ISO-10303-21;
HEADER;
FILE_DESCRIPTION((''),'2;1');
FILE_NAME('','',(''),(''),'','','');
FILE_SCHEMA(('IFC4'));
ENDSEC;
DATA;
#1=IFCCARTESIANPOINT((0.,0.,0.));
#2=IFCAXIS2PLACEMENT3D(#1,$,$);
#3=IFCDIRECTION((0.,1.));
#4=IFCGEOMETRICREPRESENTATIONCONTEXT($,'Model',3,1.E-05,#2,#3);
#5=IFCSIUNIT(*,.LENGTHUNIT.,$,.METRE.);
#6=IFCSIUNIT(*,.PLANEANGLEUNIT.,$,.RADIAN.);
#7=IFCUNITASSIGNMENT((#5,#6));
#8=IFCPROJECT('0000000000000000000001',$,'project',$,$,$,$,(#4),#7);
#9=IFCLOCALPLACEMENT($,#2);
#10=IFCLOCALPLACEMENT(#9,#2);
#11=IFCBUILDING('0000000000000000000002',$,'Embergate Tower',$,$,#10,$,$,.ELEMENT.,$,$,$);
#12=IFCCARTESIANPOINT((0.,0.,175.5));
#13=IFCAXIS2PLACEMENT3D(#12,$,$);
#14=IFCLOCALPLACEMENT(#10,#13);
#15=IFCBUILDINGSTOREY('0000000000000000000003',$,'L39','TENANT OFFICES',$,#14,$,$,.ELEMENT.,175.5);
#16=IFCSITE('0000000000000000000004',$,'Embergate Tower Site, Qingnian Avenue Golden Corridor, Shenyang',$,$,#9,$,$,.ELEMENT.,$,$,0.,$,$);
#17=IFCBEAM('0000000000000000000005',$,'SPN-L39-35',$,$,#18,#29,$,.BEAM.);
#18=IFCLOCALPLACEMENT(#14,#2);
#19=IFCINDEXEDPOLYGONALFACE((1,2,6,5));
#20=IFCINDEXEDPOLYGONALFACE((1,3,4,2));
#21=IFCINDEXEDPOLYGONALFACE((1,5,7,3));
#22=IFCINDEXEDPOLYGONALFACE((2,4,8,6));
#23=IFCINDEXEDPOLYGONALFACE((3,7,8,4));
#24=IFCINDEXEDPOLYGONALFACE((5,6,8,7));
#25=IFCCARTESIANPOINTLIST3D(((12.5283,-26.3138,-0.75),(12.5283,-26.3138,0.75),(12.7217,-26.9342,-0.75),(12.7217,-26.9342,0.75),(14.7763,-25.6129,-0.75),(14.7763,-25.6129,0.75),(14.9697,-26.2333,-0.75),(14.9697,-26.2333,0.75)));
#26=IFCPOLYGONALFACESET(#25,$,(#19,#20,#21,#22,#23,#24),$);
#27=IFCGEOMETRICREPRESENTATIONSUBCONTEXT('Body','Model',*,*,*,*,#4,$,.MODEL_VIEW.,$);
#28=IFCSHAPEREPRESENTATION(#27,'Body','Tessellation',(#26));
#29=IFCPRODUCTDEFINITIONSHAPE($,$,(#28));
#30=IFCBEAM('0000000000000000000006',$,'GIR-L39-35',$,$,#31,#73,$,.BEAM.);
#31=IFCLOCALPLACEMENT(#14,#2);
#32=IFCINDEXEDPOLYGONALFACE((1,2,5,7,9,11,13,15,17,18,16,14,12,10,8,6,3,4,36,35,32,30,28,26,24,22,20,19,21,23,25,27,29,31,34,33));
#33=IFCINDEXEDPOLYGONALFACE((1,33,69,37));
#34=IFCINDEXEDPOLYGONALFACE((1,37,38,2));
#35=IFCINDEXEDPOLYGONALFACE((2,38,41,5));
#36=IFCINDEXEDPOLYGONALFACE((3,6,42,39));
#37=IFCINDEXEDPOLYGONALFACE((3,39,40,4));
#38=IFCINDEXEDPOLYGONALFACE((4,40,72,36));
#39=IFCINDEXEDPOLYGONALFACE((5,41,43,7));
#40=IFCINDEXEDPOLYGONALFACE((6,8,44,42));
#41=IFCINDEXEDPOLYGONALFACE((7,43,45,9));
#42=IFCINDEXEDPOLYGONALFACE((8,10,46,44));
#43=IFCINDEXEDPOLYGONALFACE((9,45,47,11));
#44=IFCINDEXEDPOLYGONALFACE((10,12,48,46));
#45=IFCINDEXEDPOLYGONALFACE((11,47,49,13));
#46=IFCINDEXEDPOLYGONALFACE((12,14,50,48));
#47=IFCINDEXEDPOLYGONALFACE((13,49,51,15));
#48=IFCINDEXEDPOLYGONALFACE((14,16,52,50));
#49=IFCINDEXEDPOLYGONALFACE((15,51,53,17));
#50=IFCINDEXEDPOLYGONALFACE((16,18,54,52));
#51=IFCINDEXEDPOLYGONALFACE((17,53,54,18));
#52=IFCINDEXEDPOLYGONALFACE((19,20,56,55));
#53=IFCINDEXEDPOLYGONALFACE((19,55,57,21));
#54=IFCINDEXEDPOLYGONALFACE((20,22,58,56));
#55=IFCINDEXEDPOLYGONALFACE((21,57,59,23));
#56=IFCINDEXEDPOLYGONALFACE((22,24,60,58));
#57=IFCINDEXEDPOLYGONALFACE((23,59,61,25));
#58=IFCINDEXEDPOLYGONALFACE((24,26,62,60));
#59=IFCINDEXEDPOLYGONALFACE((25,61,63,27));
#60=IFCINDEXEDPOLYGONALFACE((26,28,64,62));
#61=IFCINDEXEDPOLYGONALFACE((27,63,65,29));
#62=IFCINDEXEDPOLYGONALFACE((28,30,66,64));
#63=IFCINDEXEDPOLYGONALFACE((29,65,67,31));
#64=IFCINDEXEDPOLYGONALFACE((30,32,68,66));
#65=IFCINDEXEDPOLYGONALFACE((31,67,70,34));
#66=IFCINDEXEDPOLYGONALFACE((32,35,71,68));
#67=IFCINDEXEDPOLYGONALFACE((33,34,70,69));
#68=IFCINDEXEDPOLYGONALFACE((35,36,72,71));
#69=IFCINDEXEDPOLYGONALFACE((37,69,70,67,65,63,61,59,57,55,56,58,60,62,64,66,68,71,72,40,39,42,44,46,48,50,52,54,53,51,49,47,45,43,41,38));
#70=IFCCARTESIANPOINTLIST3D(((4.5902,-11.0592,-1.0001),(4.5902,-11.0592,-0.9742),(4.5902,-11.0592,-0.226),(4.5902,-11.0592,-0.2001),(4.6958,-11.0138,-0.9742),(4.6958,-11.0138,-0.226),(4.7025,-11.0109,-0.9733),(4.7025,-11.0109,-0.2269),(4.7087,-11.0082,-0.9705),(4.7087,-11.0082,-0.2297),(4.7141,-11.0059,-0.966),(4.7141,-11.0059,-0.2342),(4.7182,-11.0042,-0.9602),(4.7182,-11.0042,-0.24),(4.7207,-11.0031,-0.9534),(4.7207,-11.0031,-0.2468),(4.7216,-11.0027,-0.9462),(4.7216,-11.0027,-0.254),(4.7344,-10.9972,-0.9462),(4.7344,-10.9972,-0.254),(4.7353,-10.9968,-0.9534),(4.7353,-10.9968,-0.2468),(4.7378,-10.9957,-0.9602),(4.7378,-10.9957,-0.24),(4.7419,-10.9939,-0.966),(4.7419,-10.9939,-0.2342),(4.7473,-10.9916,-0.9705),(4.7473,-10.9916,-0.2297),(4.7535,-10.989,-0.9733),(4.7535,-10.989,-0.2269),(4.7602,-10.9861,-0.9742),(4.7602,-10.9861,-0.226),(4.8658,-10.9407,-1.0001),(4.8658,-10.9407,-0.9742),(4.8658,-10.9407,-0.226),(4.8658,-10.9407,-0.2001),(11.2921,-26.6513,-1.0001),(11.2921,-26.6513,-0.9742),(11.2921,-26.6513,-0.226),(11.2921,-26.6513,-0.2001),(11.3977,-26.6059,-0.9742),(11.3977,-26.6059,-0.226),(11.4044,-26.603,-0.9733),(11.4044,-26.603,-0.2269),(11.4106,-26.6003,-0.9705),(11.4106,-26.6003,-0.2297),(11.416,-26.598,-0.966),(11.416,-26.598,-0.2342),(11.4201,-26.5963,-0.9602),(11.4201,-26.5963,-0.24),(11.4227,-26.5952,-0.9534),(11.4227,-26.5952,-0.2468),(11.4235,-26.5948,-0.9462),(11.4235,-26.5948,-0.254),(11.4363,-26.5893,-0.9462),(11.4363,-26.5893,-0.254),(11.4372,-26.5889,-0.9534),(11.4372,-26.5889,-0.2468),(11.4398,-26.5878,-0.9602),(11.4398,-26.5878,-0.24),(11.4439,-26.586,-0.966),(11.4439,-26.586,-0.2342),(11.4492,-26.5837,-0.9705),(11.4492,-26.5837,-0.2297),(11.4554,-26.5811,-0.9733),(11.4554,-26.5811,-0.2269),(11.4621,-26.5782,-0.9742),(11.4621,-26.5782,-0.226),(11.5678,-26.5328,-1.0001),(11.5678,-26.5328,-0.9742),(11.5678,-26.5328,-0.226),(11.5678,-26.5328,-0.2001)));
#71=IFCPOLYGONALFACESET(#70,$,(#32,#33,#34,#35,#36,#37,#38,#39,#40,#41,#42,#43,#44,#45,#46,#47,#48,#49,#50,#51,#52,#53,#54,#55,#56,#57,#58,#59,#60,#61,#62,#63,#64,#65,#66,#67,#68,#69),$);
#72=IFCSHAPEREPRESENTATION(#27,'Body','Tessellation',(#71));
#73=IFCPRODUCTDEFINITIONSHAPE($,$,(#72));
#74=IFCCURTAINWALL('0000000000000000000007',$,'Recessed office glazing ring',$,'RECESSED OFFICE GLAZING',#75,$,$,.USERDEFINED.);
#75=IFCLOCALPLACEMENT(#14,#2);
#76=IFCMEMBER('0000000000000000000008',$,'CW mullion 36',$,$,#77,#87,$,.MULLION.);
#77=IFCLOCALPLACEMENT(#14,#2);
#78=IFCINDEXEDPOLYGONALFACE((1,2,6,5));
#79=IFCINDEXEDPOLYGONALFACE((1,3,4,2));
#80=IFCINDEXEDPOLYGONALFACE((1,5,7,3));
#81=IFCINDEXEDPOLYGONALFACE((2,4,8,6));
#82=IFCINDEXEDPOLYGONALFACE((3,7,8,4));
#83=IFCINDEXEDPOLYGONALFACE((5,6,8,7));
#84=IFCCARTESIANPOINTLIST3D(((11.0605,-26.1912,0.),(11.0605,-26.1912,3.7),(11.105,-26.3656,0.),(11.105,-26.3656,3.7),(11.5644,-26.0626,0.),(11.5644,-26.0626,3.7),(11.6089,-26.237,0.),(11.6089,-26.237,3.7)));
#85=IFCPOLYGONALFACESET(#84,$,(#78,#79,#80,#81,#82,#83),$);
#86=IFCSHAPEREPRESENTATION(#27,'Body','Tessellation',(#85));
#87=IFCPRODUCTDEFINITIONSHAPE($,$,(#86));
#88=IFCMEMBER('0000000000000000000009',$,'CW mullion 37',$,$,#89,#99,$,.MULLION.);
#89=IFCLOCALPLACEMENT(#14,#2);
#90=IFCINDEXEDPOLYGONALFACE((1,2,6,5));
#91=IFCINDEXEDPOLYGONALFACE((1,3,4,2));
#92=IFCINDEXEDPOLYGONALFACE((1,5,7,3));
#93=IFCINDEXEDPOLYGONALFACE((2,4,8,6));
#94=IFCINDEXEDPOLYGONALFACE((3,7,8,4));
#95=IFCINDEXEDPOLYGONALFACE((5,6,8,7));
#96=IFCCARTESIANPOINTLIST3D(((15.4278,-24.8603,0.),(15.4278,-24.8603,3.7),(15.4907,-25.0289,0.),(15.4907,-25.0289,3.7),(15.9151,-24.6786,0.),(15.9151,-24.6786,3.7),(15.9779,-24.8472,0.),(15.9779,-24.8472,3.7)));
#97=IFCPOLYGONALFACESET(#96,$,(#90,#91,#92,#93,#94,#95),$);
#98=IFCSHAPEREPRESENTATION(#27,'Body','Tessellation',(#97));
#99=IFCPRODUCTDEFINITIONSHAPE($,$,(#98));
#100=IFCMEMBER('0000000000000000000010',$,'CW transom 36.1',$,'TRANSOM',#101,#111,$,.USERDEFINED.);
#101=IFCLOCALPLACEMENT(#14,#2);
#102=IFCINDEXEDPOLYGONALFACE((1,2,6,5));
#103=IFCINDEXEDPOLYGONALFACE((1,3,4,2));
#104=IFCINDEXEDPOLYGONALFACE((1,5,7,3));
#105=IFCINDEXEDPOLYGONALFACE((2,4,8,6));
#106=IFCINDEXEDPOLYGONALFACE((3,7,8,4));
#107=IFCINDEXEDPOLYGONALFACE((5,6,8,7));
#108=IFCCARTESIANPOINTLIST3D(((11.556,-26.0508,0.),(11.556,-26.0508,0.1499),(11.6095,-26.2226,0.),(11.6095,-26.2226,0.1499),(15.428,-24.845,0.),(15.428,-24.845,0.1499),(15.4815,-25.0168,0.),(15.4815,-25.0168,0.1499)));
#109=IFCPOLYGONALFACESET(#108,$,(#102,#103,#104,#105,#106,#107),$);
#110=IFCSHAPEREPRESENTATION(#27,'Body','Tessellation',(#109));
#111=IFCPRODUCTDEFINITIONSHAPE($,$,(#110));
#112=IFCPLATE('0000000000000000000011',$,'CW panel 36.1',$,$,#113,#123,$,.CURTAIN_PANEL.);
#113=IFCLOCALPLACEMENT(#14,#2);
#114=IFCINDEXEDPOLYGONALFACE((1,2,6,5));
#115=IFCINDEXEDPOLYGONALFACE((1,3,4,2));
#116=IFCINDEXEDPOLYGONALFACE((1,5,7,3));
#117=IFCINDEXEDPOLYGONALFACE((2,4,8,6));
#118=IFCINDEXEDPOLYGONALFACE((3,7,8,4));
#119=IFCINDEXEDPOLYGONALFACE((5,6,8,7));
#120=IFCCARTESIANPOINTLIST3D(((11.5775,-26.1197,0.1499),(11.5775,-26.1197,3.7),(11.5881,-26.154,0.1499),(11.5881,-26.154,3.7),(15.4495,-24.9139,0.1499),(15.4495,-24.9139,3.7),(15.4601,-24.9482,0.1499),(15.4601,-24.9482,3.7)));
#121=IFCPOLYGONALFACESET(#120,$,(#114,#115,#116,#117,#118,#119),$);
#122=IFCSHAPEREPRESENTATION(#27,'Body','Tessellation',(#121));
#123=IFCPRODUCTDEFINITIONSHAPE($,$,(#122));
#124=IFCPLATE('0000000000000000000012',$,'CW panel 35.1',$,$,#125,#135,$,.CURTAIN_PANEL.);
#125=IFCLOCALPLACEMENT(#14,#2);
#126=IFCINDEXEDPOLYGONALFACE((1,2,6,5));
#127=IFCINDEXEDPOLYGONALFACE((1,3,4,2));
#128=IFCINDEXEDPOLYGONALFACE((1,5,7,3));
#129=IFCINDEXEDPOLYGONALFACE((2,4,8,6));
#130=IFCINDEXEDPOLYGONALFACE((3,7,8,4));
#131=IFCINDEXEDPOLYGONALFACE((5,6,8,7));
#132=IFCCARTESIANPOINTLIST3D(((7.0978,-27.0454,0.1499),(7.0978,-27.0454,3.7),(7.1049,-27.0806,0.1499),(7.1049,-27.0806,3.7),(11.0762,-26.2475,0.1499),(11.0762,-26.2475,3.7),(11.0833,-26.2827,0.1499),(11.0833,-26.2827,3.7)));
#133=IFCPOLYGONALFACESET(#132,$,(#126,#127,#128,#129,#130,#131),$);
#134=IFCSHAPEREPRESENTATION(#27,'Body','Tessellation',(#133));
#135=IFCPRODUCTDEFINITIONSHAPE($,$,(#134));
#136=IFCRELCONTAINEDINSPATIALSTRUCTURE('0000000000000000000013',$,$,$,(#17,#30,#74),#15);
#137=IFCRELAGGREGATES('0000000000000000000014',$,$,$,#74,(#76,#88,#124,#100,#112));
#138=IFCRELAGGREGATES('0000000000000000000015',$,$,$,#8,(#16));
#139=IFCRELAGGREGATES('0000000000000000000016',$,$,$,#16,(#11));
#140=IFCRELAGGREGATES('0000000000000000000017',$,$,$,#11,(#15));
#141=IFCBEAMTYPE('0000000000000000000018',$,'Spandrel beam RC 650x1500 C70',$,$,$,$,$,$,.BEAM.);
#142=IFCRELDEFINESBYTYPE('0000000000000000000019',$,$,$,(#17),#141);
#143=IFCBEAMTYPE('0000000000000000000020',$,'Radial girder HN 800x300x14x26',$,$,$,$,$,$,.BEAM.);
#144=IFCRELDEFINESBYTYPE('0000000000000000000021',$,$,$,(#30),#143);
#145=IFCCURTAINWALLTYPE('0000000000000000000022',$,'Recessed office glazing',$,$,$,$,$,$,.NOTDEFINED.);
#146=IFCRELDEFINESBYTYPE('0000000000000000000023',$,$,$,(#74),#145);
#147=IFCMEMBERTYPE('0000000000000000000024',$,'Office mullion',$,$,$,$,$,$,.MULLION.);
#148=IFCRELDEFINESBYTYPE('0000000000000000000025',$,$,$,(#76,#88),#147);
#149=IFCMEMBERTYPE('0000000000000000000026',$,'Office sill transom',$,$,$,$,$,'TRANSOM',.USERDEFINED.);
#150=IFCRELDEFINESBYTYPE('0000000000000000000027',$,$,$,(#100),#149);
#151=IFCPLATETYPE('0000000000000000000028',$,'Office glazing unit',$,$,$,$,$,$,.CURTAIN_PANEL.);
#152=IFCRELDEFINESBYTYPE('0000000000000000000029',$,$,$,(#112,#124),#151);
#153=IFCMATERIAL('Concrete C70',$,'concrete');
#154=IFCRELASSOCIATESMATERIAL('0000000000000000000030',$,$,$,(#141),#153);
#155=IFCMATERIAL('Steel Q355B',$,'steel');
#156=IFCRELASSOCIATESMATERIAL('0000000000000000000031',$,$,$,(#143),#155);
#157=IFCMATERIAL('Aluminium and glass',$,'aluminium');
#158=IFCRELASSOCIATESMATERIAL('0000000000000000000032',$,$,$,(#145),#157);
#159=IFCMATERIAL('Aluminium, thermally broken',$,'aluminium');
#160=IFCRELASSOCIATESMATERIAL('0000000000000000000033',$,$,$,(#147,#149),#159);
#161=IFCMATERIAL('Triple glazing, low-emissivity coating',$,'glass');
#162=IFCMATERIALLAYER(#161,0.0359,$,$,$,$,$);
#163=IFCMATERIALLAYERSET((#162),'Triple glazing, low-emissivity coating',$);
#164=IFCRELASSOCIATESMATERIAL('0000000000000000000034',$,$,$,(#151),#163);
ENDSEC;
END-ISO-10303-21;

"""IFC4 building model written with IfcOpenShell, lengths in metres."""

from ifc_helpers import new_model, si_unit, direction, frame, origin, origin_2d, place, context, subcontext, project, spatial, rectangle, i_section, extrude, source, transform, mapped, material, layer, layer_set, material_profile, profile_set, type_object, element, aggregate, save


model = new_model("IFC4")

# Units and contexts
model_context = context("Model", 3, precision=1e-05, world=origin(), true_north=direction((0.0, 1.0)))
body_context = subcontext(model_context, "Body", "Model", "MODEL_VIEW")
ifc_project = project(units=[si_unit("LENGTHUNIT", "METRE"), si_unit("PLANEANGLEUNIT", "RADIAN")], contexts=[model_context])

# Site, building, storey
site_placement = place(None, origin())
site = spatial("IfcSite", under=ifc_project, at=site_placement, Name="Embergate Tower Site, Qingnian Avenue Golden Corridor, Shenyang", CompositionType="ELEMENT", RefElevation=0.0)
building_placement = place(site_placement, origin())
building = spatial("IfcBuilding", under=site, at=building_placement, Name="Embergate Tower", CompositionType="ELEMENT")
storey_placement = place(building_placement, frame((0.0, 0.0, 175.5)))
storey = spatial("IfcBuildingStorey", under=building, at=storey_placement, Name="L39", Description="TENANT OFFICES", CompositionType="ELEMENT", Elevation=175.5)

# Beams
ifc_material_1 = material(Name="Concrete C70", Category="concrete")
ifc_material_profile_1 = material_profile(ifc_material_1, rectangle(XDim=0.6499, YDim=1.5, at=origin_2d()), Name="RC 650x1500")
ifc_profile_set_1 = profile_set([ifc_material_profile_1], Name="Concrete C70")
beam_type_1 = type_object("IfcBeamType", Name="Spandrel beam RC 650x1500 C70", PredefinedType="BEAM", material=ifc_profile_set_1)
shared_shape_1 = source(origin(), body_context, "Body", "SweptSolid", [
    extrude(rectangle(XDim=0.6499, YDim=1.5, at=origin_2d()), origin(), (0.0, 0.0, 1.0), 2.3547),
])
beam_1_placement = place(storey_placement, frame((12.625, -26.624, 0.0), z_axis=(0.954672, 0.297661, 0.0), x_axis=(-0.297661, 0.954672, 0.0)))
element("IfcBeam", 1, at=beam_1_placement, inside=storey, type_object=beam_type_1, Name="SPN-L39-35", PredefinedType="BEAM", context=body_context, shape_type="MappedRepresentation", body=[
    mapped(shared_shape_1, transform((0.0, 0.0, 0.0))),
])
ifc_material_2 = material(Name="Steel Q355B", Category="steel")
ifc_material_profile_2 = material_profile(ifc_material_2, i_section(OverallWidth=0.3, OverallDepth=0.8, WebThickness=0.0139, FlangeThickness=0.0259, FilletRadius=0.0281, at=origin_2d()), Name="HN 800x300x14x26")
ifc_profile_set_2 = profile_set([ifc_material_profile_2], Name="Steel Q355 grade B")
beam_type_2 = type_object("IfcBeamType", Name="Radial girder HN 800x300x14x26", PredefinedType="BEAM", material=ifc_profile_set_2)
shared_shape_2 = source(origin(), body_context, "Body", "SweptSolid", [
    extrude(i_section(OverallWidth=0.3, OverallDepth=0.8, WebThickness=0.0139, FlangeThickness=0.0259, FilletRadius=0.0281, at=origin_2d()), origin(), (0.0, 0.0, 1.0), 16.9714),
])
beam_2_placement = place(storey_placement, frame((11.4299, -26.592, -0.6001), z_axis=(-0.394895, 0.918726, 0.0), x_axis=(-0.918726, -0.394895, 0.0)))
element("IfcBeam", 2, at=beam_2_placement, inside=storey, type_object=beam_type_2, Name="GIR-L39-35", PredefinedType="BEAM", context=body_context, shape_type="MappedRepresentation", body=[
    mapped(shared_shape_2, transform((0.0, 0.0, 0.0))),
])

# Curtain wall, members, plates
ifc_material_3 = material(Name="Aluminium and glass", Category="aluminium")
curtain_wall_type = type_object("IfcCurtainWallType", Name="Recessed office glazing", PredefinedType="NOTDEFINED", material=ifc_material_3)
curtain_wall_placement = place(storey_placement, origin())
curtain_wall = element("IfcCurtainWall", 3, at=curtain_wall_placement, inside=storey, type_object=curtain_wall_type, Name="Recessed office glazing ring", ObjectType="RECESSED OFFICE GLAZING", PredefinedType="USERDEFINED")
ifc_material_4 = material(Name="Aluminium, thermally broken", Category="aluminium")
ifc_material_profile_3 = material_profile(ifc_material_4, rectangle(XDim=0.1799, YDim=0.52, at=origin_2d()), Name="AL 520x180")
ifc_profile_set_3 = profile_set([ifc_material_profile_3], Name="Aluminium, thermally broken")
member_type_1 = type_object("IfcMemberType", Name="Office mullion", PredefinedType="MULLION", material=ifc_profile_set_3)
shared_shape_3 = source(origin(), body_context, "Body", "SweptSolid", [
    extrude(rectangle(XDim=0.1799, YDim=0.52, at=origin_2d()), origin(), (0.0, 0.0, 1.0), 3.7),
])
member_1_placement = place(storey_placement, frame((11.3347, -26.2141, 0.0), z_axis=(0.0, 0.0, 1.0), x_axis=(-0.247308, 0.968937, 0.0)))
member_1 = element("IfcMember", 4, at=member_1_placement, type_object=member_type_1, Name="CW mullion 36", PredefinedType="MULLION", context=body_context, shape_type="MappedRepresentation", body=[
    mapped(shared_shape_3, transform((0.0, 0.0, 0.0))),
])
member_2_placement = place(storey_placement, frame((15.7029, -24.8538, 0.0), z_axis=(0.0, 0.0, 1.0), x_axis=(-0.349498, 0.936937, 0.0)))
member_2 = element("IfcMember", 5, at=member_2_placement, type_object=member_type_1, Name="CW mullion 37", PredefinedType="MULLION", context=body_context, shape_type="MappedRepresentation", body=[
    mapped(shared_shape_3, transform((0.0, 0.0, 0.0))),
])
ifc_material_profile_4 = material_profile(ifc_material_4, rectangle(XDim=0.1799, YDim=0.1499, at=origin_2d()), Name="AL 150x180")
ifc_profile_set_4 = profile_set([ifc_material_profile_4], Name="Aluminium, thermally broken")
member_type_2 = type_object("IfcMemberType", Name="Office sill transom", ElementType="TRANSOM", PredefinedType="USERDEFINED", material=ifc_profile_set_4)
shared_shape_4 = source(origin(), body_context, "Body", "SweptSolid", [
    extrude(rectangle(XDim=0.1799, YDim=0.1499, at=origin_2d()), origin(), (0.0, 0.0, 1.0), 4.0554),
])
member_3_placement = place(storey_placement, frame((11.5828, -26.1367, 0.075), z_axis=(0.954775, 0.297329, 0.0), x_axis=(-0.297329, 0.954775, 0.0)))
member_3 = element("IfcMember", 6, at=member_3_placement, type_object=member_type_2, Name="CW transom 36.1", ObjectType="TRANSOM", PredefinedType="USERDEFINED", context=body_context, shape_type="MappedRepresentation", body=[
    mapped(shared_shape_4, transform((0.0, 0.0, 0.0))),
])
ifc_material_5 = material(Name="Triple glazing, low-emissivity coating", Category="glass")
ifc_layer_1 = layer(ifc_material_5, 0.0359)
ifc_layer_set_1 = layer_set([ifc_layer_1], Name="Triple glazing, low-emissivity coating")
plate_type = type_object("IfcPlateType", Name="Office glazing unit", PredefinedType="CURTAIN_PANEL", material=ifc_layer_set_1)
shared_shape_5 = source(origin(), body_context, "Body", "SweptSolid", [
    extrude(rectangle(XDim=4.0554, YDim=0.0359, at=origin_2d()), origin(), (0.0, 0.0, 1.0), 3.55),
])
plate_1_placement = place(storey_placement, frame((13.5188, -25.5339, 0.1499), z_axis=(0.0, 0.0, 1.0), x_axis=(0.954773, 0.297335, 0.0)))
plate_1 = element("IfcPlate", 7, at=plate_1_placement, type_object=plate_type, Name="CW panel 36.1", PredefinedType="CURTAIN_PANEL", context=body_context, shape_type="MappedRepresentation", body=[
    mapped(shared_shape_5, transform((0.0, 0.0, 0.0))),
])
shared_shape_6 = source(origin(), body_context, "Body", "SweptSolid", [
    extrude(rectangle(XDim=4.0576, YDim=0.0359, at=origin_2d()), origin(), (0.0, 0.0, 1.0), 3.55),
])
plate_2_placement = place(storey_placement, frame((9.0906, -26.6641, 0.1499), z_axis=(0.0, 0.0, 1.0), x_axis=(0.980476, 0.196638, 0.0)))
plate_2 = element("IfcPlate", 8, at=plate_2_placement, type_object=plate_type, Name="CW panel 35.1", PredefinedType="CURTAIN_PANEL", context=body_context, shape_type="MappedRepresentation", body=[
    mapped(shared_shape_6, transform((0.0, 0.0, 0.0))),
])
aggregate(curtain_wall, [member_1, member_2, plate_2, member_3, plate_1])

save(model, "model.ifc")
